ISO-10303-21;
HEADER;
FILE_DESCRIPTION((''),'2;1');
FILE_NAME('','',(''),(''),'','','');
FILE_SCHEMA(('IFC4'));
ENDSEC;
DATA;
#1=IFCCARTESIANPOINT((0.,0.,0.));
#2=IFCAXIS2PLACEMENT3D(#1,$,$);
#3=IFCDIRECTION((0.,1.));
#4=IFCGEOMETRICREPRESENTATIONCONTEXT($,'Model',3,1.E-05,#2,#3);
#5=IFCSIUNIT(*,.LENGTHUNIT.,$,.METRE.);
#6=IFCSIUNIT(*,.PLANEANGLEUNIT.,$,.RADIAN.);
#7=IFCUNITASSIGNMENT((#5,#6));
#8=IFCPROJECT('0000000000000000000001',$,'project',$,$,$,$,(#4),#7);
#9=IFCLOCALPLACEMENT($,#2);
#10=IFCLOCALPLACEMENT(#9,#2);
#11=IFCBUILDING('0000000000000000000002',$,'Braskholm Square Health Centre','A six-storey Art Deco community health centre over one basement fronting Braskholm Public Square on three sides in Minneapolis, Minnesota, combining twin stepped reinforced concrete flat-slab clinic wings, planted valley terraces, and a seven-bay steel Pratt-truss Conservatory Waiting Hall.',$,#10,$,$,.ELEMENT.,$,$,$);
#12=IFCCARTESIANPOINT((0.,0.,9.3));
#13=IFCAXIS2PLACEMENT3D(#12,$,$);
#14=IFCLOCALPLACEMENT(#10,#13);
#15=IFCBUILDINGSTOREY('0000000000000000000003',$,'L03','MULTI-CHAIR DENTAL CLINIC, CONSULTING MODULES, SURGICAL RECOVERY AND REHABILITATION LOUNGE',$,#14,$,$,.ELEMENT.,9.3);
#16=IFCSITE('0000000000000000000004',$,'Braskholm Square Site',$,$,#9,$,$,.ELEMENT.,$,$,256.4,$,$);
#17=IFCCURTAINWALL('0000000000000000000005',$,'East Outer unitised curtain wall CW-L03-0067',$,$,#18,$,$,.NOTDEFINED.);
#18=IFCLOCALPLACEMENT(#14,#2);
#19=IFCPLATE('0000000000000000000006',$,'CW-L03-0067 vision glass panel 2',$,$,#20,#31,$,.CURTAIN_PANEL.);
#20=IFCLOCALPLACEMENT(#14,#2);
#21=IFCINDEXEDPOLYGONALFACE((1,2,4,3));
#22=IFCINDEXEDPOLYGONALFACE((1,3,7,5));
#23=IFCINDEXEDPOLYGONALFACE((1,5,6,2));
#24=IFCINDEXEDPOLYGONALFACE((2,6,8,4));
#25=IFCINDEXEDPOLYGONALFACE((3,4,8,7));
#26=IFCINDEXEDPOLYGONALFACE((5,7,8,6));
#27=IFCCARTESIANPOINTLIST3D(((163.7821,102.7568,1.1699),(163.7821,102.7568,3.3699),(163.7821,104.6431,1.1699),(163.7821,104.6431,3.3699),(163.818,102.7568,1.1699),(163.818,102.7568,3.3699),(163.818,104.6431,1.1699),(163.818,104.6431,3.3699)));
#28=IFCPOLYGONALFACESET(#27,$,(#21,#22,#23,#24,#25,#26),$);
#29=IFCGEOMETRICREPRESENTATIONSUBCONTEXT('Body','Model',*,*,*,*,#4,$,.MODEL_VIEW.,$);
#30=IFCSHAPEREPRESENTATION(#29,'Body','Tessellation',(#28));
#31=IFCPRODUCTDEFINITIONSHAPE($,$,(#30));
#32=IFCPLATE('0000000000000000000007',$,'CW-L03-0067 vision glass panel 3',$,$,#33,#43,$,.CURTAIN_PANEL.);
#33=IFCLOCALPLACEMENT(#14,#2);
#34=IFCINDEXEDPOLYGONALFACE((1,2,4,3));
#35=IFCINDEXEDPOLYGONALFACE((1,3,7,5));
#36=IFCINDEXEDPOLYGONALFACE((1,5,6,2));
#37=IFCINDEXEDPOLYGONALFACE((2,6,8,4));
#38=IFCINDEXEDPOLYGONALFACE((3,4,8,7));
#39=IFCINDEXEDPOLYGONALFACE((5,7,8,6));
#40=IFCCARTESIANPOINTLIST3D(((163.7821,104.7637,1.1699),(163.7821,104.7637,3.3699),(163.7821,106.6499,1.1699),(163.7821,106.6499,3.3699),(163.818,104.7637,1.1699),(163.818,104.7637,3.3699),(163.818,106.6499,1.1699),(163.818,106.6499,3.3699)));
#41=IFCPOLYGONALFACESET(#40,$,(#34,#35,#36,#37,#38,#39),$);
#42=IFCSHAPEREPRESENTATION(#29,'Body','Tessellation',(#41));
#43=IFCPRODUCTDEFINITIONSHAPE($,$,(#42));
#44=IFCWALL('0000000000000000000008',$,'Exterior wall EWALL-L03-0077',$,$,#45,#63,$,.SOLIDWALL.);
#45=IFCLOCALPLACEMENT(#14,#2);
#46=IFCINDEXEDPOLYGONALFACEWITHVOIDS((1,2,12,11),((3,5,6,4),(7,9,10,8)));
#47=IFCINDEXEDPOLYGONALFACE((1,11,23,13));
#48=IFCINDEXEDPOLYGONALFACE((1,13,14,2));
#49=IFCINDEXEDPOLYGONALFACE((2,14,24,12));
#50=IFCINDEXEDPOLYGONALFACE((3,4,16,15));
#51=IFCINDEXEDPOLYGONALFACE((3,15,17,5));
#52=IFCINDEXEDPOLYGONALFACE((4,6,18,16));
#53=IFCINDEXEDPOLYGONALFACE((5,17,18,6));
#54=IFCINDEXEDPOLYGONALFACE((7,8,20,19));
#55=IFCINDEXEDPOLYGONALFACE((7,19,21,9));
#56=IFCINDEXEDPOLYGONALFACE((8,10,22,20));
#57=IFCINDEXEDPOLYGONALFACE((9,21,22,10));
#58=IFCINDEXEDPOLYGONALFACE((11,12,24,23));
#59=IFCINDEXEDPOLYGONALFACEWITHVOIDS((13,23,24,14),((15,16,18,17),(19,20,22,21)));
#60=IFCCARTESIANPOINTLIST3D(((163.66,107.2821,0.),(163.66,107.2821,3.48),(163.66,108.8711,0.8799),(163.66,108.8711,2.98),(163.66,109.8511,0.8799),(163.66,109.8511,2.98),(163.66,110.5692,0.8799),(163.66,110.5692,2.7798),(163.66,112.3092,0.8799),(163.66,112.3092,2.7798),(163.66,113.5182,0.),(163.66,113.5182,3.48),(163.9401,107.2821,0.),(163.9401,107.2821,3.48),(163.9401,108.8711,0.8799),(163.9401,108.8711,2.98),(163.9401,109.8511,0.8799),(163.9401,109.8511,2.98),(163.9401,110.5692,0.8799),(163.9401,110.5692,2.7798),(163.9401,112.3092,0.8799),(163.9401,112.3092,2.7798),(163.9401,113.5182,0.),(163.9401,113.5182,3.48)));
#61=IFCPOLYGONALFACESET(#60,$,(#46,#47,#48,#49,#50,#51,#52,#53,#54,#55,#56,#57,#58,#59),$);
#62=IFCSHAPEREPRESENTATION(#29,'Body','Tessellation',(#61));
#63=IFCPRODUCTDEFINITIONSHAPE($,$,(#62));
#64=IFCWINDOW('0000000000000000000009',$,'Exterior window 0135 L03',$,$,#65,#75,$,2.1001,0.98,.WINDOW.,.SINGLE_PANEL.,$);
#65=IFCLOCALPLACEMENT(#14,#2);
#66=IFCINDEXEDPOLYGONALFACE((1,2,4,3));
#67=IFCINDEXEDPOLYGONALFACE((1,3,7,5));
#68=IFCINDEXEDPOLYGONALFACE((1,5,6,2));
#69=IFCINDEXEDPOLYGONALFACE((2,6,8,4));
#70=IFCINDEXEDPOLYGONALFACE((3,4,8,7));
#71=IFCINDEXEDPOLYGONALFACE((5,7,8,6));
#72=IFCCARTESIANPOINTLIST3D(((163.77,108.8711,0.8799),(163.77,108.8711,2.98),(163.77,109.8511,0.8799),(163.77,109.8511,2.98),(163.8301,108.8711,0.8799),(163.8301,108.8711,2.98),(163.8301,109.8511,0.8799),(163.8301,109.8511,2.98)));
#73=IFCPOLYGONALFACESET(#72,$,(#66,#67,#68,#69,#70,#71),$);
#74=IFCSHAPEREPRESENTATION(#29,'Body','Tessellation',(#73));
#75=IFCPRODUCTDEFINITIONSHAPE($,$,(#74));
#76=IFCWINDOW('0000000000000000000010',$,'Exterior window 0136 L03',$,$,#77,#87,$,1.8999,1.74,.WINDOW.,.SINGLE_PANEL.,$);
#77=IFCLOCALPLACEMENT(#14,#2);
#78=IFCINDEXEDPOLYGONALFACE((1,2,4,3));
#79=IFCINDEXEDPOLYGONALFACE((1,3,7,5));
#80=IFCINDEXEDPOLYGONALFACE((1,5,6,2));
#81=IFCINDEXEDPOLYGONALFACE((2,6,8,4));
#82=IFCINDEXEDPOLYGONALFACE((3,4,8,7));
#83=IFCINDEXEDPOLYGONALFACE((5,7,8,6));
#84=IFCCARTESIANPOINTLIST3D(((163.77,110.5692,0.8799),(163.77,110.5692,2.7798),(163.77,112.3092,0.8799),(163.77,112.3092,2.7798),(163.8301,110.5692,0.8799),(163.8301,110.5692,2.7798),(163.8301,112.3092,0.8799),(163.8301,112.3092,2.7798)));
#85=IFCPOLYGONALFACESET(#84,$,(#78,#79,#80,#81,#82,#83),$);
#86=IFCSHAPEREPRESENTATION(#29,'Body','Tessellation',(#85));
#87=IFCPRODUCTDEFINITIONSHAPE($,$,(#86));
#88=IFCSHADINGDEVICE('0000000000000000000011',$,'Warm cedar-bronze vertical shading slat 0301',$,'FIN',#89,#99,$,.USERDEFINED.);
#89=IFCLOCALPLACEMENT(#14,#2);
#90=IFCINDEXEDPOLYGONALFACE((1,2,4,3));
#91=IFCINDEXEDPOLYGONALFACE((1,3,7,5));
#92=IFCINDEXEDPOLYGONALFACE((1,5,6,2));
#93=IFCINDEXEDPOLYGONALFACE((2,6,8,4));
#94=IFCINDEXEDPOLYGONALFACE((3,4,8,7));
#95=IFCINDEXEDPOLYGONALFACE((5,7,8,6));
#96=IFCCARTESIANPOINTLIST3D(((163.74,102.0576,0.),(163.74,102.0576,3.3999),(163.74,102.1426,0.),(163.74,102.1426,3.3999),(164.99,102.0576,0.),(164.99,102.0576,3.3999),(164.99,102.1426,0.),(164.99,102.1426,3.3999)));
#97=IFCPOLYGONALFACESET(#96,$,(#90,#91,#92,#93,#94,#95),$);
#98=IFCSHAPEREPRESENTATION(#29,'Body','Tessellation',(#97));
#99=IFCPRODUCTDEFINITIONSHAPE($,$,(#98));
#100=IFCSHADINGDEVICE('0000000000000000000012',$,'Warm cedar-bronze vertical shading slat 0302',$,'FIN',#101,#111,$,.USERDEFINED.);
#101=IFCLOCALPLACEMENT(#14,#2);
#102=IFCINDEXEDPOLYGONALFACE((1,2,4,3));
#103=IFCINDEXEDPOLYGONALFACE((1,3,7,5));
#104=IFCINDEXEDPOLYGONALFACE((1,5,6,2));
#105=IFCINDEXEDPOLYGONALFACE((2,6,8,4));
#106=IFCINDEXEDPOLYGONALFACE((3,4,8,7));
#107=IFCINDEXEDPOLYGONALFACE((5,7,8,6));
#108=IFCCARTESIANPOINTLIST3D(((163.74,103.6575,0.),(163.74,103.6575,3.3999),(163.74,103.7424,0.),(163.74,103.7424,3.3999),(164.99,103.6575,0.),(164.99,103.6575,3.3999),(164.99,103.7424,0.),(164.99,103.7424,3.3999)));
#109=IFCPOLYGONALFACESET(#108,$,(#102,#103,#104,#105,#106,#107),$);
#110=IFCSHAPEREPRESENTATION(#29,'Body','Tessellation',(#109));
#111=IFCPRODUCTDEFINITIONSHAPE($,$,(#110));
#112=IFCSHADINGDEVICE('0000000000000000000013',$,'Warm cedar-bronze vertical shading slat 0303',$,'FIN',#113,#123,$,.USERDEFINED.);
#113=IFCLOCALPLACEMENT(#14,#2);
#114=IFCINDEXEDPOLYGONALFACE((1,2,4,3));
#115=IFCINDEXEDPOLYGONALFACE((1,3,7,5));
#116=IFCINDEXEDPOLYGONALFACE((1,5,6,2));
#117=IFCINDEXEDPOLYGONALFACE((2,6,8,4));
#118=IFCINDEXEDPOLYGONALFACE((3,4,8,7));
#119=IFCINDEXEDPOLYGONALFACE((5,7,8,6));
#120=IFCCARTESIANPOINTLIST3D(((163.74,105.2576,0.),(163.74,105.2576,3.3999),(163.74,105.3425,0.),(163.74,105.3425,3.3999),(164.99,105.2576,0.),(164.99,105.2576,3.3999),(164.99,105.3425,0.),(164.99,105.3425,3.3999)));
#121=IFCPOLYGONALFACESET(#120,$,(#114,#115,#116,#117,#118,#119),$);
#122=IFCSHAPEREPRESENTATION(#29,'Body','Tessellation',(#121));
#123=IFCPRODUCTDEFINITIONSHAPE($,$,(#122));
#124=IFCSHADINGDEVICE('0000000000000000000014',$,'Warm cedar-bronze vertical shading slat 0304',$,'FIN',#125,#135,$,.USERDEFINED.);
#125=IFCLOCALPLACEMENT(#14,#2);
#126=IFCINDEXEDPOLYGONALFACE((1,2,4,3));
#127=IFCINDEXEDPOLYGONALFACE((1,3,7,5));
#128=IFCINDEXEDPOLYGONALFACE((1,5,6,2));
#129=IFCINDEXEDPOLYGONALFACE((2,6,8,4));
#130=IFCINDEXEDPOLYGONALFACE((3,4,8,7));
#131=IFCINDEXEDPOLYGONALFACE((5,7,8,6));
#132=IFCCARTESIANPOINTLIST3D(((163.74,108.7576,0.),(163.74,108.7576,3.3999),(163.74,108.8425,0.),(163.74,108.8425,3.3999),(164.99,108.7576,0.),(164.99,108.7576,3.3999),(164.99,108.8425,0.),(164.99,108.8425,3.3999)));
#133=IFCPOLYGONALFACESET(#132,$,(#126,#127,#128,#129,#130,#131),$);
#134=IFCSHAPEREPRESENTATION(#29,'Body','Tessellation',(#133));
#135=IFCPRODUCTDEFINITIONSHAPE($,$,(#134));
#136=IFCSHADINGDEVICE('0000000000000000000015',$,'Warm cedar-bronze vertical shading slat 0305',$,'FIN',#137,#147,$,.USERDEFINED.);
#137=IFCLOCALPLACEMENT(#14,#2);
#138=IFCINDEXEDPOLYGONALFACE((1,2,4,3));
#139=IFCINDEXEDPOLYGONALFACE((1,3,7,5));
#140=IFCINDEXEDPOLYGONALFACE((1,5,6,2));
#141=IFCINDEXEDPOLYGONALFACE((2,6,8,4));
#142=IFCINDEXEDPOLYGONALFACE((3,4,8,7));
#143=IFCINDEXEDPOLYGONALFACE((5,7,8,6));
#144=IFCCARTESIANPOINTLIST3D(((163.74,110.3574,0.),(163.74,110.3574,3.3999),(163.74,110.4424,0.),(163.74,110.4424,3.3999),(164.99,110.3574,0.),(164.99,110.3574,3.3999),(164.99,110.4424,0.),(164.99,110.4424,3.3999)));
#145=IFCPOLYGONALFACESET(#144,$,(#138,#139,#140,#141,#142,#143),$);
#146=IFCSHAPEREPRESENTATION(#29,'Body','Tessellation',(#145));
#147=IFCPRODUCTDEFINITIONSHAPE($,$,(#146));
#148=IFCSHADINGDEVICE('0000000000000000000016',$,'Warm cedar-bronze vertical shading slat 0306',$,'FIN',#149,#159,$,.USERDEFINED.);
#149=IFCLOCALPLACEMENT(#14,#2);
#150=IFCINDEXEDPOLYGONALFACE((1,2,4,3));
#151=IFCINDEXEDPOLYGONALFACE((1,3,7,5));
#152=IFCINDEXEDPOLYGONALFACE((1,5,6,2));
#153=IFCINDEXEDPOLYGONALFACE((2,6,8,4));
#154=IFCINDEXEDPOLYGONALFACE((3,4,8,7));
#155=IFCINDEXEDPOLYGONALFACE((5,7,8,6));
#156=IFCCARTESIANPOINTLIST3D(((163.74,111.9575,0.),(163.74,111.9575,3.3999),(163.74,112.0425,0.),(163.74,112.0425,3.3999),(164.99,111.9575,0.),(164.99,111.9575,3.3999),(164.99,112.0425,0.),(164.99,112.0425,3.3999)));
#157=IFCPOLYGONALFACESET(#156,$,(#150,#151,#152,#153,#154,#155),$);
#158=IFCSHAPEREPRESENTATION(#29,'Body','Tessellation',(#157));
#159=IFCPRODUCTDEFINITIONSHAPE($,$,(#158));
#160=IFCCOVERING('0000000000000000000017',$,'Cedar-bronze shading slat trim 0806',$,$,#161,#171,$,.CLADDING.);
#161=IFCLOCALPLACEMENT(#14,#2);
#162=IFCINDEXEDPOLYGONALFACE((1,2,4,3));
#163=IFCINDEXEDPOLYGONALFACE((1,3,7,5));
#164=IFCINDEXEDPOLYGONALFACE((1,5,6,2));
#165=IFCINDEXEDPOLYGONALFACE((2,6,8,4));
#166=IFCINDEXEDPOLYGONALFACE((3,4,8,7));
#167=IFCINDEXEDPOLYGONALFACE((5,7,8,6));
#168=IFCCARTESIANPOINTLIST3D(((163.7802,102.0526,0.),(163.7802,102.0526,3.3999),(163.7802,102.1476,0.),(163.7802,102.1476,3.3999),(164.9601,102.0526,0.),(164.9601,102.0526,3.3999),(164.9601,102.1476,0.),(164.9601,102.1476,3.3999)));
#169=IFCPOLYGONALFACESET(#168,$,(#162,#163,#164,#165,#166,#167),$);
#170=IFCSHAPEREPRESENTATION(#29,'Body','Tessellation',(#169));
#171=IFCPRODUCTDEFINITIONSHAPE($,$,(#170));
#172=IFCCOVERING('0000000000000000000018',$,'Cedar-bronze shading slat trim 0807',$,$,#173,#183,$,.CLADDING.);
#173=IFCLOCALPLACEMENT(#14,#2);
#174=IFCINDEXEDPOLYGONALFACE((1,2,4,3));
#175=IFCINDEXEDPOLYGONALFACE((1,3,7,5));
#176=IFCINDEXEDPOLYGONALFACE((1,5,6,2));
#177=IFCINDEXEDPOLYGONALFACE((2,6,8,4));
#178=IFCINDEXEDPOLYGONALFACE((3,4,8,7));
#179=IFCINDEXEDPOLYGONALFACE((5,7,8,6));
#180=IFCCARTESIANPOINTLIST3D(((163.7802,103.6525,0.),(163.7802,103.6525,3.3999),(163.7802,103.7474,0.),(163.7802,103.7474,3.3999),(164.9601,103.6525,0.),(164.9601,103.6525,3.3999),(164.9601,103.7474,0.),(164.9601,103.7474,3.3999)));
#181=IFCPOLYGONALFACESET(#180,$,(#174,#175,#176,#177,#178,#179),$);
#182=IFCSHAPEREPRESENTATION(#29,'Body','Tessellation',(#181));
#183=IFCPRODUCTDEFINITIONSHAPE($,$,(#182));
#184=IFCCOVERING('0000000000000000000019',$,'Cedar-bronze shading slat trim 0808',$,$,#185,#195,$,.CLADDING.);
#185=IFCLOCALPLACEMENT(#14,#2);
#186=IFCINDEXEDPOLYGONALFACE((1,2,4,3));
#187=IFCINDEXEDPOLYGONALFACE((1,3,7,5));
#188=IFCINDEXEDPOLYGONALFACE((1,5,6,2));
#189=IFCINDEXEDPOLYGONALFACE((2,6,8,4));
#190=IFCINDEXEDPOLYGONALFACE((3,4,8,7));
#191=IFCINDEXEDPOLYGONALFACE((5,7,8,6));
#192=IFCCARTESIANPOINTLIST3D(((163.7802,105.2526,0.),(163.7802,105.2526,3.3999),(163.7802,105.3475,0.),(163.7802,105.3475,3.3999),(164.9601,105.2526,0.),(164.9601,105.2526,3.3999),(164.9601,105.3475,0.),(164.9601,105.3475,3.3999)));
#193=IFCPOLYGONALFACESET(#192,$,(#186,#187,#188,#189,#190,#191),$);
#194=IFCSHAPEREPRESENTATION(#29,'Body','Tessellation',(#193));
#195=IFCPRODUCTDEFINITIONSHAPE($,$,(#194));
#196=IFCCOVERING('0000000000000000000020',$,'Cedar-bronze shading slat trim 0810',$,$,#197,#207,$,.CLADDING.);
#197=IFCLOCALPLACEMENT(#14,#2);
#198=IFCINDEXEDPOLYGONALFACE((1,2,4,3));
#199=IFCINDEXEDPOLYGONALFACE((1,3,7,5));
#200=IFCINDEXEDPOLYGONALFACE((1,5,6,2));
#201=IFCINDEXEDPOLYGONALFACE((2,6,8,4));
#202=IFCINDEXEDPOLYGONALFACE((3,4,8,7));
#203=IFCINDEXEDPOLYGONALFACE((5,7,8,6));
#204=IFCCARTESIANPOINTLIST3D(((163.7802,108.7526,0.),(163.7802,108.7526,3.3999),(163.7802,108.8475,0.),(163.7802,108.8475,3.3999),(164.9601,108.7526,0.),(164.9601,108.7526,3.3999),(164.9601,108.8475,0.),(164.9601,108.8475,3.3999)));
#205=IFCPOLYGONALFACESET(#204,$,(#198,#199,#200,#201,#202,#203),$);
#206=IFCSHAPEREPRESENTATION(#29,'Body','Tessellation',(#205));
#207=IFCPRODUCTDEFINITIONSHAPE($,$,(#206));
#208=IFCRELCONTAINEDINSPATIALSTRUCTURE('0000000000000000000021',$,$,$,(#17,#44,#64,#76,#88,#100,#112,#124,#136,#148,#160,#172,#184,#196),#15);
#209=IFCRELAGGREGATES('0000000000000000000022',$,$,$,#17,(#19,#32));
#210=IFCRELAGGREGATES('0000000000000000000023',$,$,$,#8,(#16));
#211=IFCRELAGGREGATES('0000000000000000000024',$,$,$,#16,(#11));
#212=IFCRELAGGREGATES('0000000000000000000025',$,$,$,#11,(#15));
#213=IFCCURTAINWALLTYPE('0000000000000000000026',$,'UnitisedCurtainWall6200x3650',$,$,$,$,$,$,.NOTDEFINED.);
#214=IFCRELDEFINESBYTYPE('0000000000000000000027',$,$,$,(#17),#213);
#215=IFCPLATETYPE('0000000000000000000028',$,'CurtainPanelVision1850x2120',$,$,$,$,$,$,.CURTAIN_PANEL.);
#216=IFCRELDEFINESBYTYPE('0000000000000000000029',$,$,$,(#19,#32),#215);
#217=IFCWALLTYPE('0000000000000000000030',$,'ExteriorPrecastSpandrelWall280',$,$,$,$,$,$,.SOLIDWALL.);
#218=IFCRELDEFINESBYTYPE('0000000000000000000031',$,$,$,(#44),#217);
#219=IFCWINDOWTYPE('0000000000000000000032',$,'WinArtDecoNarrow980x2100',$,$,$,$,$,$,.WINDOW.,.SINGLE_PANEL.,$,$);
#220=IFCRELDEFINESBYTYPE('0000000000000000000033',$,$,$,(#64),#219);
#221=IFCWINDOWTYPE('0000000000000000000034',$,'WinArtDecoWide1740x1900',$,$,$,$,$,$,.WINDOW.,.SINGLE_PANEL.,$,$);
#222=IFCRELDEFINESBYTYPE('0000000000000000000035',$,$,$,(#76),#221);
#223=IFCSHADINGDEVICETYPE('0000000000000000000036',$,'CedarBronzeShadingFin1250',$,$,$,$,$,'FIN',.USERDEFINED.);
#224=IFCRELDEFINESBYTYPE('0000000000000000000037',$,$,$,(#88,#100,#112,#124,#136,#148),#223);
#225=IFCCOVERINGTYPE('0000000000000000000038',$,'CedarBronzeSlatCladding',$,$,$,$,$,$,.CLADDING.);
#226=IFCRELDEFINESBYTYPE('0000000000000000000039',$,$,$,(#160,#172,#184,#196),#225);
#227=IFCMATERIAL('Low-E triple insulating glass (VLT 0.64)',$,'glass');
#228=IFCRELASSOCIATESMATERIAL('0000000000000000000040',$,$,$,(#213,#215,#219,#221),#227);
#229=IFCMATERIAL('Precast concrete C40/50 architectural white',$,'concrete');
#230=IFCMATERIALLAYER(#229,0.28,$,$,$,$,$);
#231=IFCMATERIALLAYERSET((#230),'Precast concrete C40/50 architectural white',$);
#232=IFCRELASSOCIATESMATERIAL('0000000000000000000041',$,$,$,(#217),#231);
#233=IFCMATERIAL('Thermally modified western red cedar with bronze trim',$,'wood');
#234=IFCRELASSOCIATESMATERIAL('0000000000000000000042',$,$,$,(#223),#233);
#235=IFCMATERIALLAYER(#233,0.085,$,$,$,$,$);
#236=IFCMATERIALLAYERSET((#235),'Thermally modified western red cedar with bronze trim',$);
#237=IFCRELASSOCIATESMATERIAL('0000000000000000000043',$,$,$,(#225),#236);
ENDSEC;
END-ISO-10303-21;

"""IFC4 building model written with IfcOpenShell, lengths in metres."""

from ifc_helpers import new_model, si_unit, direction, frame, frame_2d, origin, origin_with_axes, origin_2d, place, context, subcontext, project, spatial, rectangle, extrude, material, layer, layer_set, type_object, element, fill, aggregate, save


model = new_model("IFC4")

# Units and contexts
model_context = context("Model", 3, precision=1e-05, world=origin(), true_north=direction((0.0, 1.0)))
body_context = subcontext(model_context, "Body", "Model", "MODEL_VIEW")
ifc_project = project(units=[si_unit("LENGTHUNIT", "METRE"), si_unit("PLANEANGLEUNIT", "RADIAN")], contexts=[model_context])

# Site, building, storey
site_placement = place(None, origin())
site = spatial("IfcSite", under=ifc_project, at=site_placement, Name="Braskholm Square Site", CompositionType="ELEMENT", RefElevation=256.4)
building_placement = place(site_placement, origin())
building = spatial("IfcBuilding", under=site, at=building_placement, Name="Braskholm Square Health Centre", Description="A six-storey Art Deco community health centre over one basement fronting Braskholm Public Square on three sides in Minneapolis, Minnesota, combining twin stepped reinforced concrete flat-slab clinic wings, planted valley terraces, and a seven-bay steel Pratt-truss Conservatory Waiting Hall.", CompositionType="ELEMENT")
storey_placement = place(building_placement, frame((0.0, 0.0, 9.3)))
storey = spatial("IfcBuildingStorey", under=building, at=storey_placement, Name="L03", Description="MULTI-CHAIR DENTAL CLINIC, CONSULTING MODULES, SURGICAL RECOVERY AND REHABILITATION LOUNGE", CompositionType="ELEMENT", Elevation=9.3)

# Shared definitions
ifc_material_1 = material(Name="Precast concrete C40/50 architectural white", Category="concrete")

# Curtain wall
ifc_material_2 = material(Name="Low-E triple insulating glass (VLT 0.64)", Category="glass")
curtain_wall_type = type_object("IfcCurtainWallType", Name="UnitisedCurtainWall6200x3650", PredefinedType="NOTDEFINED", material=ifc_material_2)
curtain_wall_placement = place(storey_placement, origin())
curtain_wall = element("IfcCurtainWall", 1, at=curtain_wall_placement, inside=storey, type_object=curtain_wall_type, Name="East Outer unitised curtain wall CW-L03-0067", PredefinedType="NOTDEFINED")

# Plates
plate_type_1 = type_object("IfcPlateType", Name="CurtainPanelVision1850x2120", PredefinedType="CURTAIN_PANEL", material=ifc_material_2)
plate_1_placement = place(storey_placement, frame((163.8, 103.7, 1.1699), z_axis=(0.0, 0.0, 1.0), x_axis=(0.0, 1.0, 0.0)))
plate_1 = element("IfcPlate", 2, at=plate_1_placement, type_object=plate_type_1, Name="CW-L03-0067 vision glass panel 2", PredefinedType="CURTAIN_PANEL", context=body_context, shape_type="SweptSolid", body=[
    extrude(rectangle(XDim=1.8862, YDim=0.0359, at=origin_2d()), origin(), (0.0, 0.0, 1.0), 2.2),
])
plate_2_placement = place(storey_placement, frame((163.8, 105.7068, 1.1699), z_axis=(0.0, 0.0, 1.0), x_axis=(0.0, 1.0, 0.0)))
plate_2 = element("IfcPlate", 3, at=plate_2_placement, type_object=plate_type_1, Name="CW-L03-0067 vision glass panel 3", PredefinedType="CURTAIN_PANEL", context=body_context, shape_type="SweptSolid", body=[
    extrude(rectangle(XDim=1.8862, YDim=0.0359, at=origin_2d()), origin(), (0.0, 0.0, 1.0), 2.2),
])
aggregate(curtain_wall, [plate_1, plate_2])

# Wall, openings, windows
ifc_layer_1 = layer(ifc_material_1, 0.28)
ifc_layer_set_1 = layer_set([ifc_layer_1], Name="Precast concrete C40/50 architectural white")
wall_type = type_object("IfcWallType", Name="ExteriorPrecastSpandrelWall280", PredefinedType="SOLIDWALL", material=ifc_layer_set_1)
wall_placement = place(storey_placement, frame((163.8, 107.282, 0.0), z_axis=(0.0, 0.0, 1.0), x_axis=(0.0, 1.0, 0.0)))
wall = element("IfcWall", 4, at=wall_placement, inside=storey, type_object=wall_type, Name="Exterior wall EWALL-L03-0077", PredefinedType="SOLIDWALL", context=body_context, shape_type="SweptSolid", body=[
    extrude(rectangle(XDim=6.2361, YDim=0.28, at=frame_2d((3.1182, 0.0))), origin(), (0.0, 0.0, 1.0), 3.48),
])
opening_1_placement = place(wall_placement, frame((1.5891, 0.0, 0.8799)))
opening_1 = element("IfcOpeningElement", 5, at=opening_1_placement, cuts=wall, PredefinedType="OPENING", context=body_context, shape_type="SweptSolid", body=[
    extrude(rectangle(XDim=0.98, YDim=2.1001, at=frame_2d((0.49, 1.05))), frame((0.0, 0.1499, 0.0), z_axis=(0.0, -1.0, 0.0), x_axis=(1.0, 0.0, 0.0)), (0.0, 0.0, 1.0), 0.3),
])
opening_2_placement = place(wall_placement, frame((3.2871, 0.0, 0.8799)))
opening_2 = element("IfcOpeningElement", 6, at=opening_2_placement, cuts=wall, PredefinedType="OPENING", context=body_context, shape_type="SweptSolid", body=[
    extrude(rectangle(XDim=1.74, YDim=1.8999, at=frame_2d((0.8701, 0.95))), frame((0.0, 0.1499, 0.0), z_axis=(0.0, -1.0, 0.0), x_axis=(1.0, 0.0, 0.0)), (0.0, 0.0, 1.0), 0.3),
])
window_type_1 = type_object("IfcWindowType", Name="WinArtDecoNarrow980x2100", PartitioningType="SINGLE_PANEL", PredefinedType="WINDOW", material=ifc_material_2)
window_1_placement = place(opening_1_placement, origin_with_axes())
window_1 = element("IfcWindow", 7, at=window_1_placement, inside=storey, type_object=window_type_1, Name="Exterior window 0135 L03", OverallHeight=2.1001, OverallWidth=0.98, PartitioningType="SINGLE_PANEL", PredefinedType="WINDOW", context=body_context, shape_type="SweptSolid", body=[
    extrude(rectangle(XDim=0.98, YDim=2.1001, at=frame_2d((0.49, 1.05))), frame((0.0, 0.03, 0.0), z_axis=(0.0, -1.0, 0.0), x_axis=(1.0, 0.0, 0.0)), (0.0, 0.0, 1.0), 0.0601),
])
fill(opening_1, window_1)
window_type_2 = type_object("IfcWindowType", Name="WinArtDecoWide1740x1900", PartitioningType="SINGLE_PANEL", PredefinedType="WINDOW", material=ifc_material_2)
window_2_placement = place(opening_2_placement, origin_with_axes())
window_2 = element("IfcWindow", 8, at=window_2_placement, inside=storey, type_object=window_type_2, Name="Exterior window 0136 L03", OverallHeight=1.8999, OverallWidth=1.74, PartitioningType="SINGLE_PANEL", PredefinedType="WINDOW", context=body_context, shape_type="SweptSolid", body=[
    extrude(rectangle(XDim=1.74, YDim=1.8999, at=frame_2d((0.8701, 0.95))), frame((0.0, 0.03, 0.0), z_axis=(0.0, -1.0, 0.0), x_axis=(1.0, 0.0, 0.0)), (0.0, 0.0, 1.0), 0.0601),
])
fill(opening_2, window_2)

# Shading devices
ifc_material_3 = material(Name="Thermally modified western red cedar with bronze trim", Category="wood")
shading_device_type = type_object("IfcShadingDeviceType", Name="CedarBronzeShadingFin1250", ElementType="FIN", PredefinedType="USERDEFINED", material=ifc_material_3)
for number, where, z_axis, x_axis, name in (
    (9, (164.365, 102.1001, 0.0), (0.0, 0.0, 1.0), (1.0, 0.0, 0.0), "Warm cedar-bronze vertical shading slat 0301"),
    (10, (164.365, 103.7, 0.0), (0.0, 0.0, 1.0), (1.0, 0.0, 0.0), "Warm cedar-bronze vertical shading slat 0302"),
    (11, (164.365, 105.3, 0.0), (0.0, 0.0, 1.0), (1.0, 0.0, 0.0), "Warm cedar-bronze vertical shading slat 0303"),
    (12, (164.365, 108.8, 0.0), (0.0, 0.0, 1.0), (1.0, 0.0, 0.0), "Warm cedar-bronze vertical shading slat 0304"),
    (13, (164.365, 110.3999, 0.0), (0.0, 0.0, 1.0), (1.0, 0.0, 0.0), "Warm cedar-bronze vertical shading slat 0305"),
    (14, (164.365, 112.0, 0.0), (0.0, 0.0, 1.0), (1.0, 0.0, 0.0), "Warm cedar-bronze vertical shading slat 0306"),
):
    element("IfcShadingDevice", number, at=place(storey_placement, frame(where, z_axis=z_axis, x_axis=x_axis)), inside=storey, type_object=shading_device_type, Name=name, ObjectType="FIN", PredefinedType="USERDEFINED", context=body_context, shape_type="SweptSolid", body=[
        extrude(rectangle(XDim=1.25, YDim=0.085, at=origin_2d()), origin(), (0.0, 0.0, 1.0), 3.3999),
    ])

# Coverings
ifc_layer_2 = layer(ifc_material_3, 0.085)
ifc_layer_set_2 = layer_set([ifc_layer_2], Name="Thermally modified western red cedar with bronze trim")
covering_type_1 = type_object("IfcCoveringType", Name="CedarBronzeSlatCladding", PredefinedType="CLADDING", material=ifc_layer_set_2)
for number, where, z_axis, x_axis, name in (
    (15, (164.3701, 102.1001, 0.0), (0.0, 0.0, 1.0), (1.0, 0.0, 0.0), "Cedar-bronze shading slat trim 0806"),
    (16, (164.3701, 103.7, 0.0), (0.0, 0.0, 1.0), (1.0, 0.0, 0.0), "Cedar-bronze shading slat trim 0807"),
    (17, (164.3701, 105.3, 0.0), (0.0, 0.0, 1.0), (1.0, 0.0, 0.0), "Cedar-bronze shading slat trim 0808"),
    (18, (164.3701, 108.8, 0.0), (0.0, 0.0, 1.0), (1.0, 0.0, 0.0), "Cedar-bronze shading slat trim 0810"),
):
    element("IfcCovering", number, at=place(storey_placement, frame(where, z_axis=z_axis, x_axis=x_axis)), inside=storey, type_object=covering_type_1, Name=name, PredefinedType="CLADDING", context=body_context, shape_type="SweptSolid", body=[
        extrude(rectangle(XDim=1.1799, YDim=0.095, at=origin_2d()), origin(), (0.0, 0.0, 1.0), 3.3999),
    ])

save(model, "model.ifc")
